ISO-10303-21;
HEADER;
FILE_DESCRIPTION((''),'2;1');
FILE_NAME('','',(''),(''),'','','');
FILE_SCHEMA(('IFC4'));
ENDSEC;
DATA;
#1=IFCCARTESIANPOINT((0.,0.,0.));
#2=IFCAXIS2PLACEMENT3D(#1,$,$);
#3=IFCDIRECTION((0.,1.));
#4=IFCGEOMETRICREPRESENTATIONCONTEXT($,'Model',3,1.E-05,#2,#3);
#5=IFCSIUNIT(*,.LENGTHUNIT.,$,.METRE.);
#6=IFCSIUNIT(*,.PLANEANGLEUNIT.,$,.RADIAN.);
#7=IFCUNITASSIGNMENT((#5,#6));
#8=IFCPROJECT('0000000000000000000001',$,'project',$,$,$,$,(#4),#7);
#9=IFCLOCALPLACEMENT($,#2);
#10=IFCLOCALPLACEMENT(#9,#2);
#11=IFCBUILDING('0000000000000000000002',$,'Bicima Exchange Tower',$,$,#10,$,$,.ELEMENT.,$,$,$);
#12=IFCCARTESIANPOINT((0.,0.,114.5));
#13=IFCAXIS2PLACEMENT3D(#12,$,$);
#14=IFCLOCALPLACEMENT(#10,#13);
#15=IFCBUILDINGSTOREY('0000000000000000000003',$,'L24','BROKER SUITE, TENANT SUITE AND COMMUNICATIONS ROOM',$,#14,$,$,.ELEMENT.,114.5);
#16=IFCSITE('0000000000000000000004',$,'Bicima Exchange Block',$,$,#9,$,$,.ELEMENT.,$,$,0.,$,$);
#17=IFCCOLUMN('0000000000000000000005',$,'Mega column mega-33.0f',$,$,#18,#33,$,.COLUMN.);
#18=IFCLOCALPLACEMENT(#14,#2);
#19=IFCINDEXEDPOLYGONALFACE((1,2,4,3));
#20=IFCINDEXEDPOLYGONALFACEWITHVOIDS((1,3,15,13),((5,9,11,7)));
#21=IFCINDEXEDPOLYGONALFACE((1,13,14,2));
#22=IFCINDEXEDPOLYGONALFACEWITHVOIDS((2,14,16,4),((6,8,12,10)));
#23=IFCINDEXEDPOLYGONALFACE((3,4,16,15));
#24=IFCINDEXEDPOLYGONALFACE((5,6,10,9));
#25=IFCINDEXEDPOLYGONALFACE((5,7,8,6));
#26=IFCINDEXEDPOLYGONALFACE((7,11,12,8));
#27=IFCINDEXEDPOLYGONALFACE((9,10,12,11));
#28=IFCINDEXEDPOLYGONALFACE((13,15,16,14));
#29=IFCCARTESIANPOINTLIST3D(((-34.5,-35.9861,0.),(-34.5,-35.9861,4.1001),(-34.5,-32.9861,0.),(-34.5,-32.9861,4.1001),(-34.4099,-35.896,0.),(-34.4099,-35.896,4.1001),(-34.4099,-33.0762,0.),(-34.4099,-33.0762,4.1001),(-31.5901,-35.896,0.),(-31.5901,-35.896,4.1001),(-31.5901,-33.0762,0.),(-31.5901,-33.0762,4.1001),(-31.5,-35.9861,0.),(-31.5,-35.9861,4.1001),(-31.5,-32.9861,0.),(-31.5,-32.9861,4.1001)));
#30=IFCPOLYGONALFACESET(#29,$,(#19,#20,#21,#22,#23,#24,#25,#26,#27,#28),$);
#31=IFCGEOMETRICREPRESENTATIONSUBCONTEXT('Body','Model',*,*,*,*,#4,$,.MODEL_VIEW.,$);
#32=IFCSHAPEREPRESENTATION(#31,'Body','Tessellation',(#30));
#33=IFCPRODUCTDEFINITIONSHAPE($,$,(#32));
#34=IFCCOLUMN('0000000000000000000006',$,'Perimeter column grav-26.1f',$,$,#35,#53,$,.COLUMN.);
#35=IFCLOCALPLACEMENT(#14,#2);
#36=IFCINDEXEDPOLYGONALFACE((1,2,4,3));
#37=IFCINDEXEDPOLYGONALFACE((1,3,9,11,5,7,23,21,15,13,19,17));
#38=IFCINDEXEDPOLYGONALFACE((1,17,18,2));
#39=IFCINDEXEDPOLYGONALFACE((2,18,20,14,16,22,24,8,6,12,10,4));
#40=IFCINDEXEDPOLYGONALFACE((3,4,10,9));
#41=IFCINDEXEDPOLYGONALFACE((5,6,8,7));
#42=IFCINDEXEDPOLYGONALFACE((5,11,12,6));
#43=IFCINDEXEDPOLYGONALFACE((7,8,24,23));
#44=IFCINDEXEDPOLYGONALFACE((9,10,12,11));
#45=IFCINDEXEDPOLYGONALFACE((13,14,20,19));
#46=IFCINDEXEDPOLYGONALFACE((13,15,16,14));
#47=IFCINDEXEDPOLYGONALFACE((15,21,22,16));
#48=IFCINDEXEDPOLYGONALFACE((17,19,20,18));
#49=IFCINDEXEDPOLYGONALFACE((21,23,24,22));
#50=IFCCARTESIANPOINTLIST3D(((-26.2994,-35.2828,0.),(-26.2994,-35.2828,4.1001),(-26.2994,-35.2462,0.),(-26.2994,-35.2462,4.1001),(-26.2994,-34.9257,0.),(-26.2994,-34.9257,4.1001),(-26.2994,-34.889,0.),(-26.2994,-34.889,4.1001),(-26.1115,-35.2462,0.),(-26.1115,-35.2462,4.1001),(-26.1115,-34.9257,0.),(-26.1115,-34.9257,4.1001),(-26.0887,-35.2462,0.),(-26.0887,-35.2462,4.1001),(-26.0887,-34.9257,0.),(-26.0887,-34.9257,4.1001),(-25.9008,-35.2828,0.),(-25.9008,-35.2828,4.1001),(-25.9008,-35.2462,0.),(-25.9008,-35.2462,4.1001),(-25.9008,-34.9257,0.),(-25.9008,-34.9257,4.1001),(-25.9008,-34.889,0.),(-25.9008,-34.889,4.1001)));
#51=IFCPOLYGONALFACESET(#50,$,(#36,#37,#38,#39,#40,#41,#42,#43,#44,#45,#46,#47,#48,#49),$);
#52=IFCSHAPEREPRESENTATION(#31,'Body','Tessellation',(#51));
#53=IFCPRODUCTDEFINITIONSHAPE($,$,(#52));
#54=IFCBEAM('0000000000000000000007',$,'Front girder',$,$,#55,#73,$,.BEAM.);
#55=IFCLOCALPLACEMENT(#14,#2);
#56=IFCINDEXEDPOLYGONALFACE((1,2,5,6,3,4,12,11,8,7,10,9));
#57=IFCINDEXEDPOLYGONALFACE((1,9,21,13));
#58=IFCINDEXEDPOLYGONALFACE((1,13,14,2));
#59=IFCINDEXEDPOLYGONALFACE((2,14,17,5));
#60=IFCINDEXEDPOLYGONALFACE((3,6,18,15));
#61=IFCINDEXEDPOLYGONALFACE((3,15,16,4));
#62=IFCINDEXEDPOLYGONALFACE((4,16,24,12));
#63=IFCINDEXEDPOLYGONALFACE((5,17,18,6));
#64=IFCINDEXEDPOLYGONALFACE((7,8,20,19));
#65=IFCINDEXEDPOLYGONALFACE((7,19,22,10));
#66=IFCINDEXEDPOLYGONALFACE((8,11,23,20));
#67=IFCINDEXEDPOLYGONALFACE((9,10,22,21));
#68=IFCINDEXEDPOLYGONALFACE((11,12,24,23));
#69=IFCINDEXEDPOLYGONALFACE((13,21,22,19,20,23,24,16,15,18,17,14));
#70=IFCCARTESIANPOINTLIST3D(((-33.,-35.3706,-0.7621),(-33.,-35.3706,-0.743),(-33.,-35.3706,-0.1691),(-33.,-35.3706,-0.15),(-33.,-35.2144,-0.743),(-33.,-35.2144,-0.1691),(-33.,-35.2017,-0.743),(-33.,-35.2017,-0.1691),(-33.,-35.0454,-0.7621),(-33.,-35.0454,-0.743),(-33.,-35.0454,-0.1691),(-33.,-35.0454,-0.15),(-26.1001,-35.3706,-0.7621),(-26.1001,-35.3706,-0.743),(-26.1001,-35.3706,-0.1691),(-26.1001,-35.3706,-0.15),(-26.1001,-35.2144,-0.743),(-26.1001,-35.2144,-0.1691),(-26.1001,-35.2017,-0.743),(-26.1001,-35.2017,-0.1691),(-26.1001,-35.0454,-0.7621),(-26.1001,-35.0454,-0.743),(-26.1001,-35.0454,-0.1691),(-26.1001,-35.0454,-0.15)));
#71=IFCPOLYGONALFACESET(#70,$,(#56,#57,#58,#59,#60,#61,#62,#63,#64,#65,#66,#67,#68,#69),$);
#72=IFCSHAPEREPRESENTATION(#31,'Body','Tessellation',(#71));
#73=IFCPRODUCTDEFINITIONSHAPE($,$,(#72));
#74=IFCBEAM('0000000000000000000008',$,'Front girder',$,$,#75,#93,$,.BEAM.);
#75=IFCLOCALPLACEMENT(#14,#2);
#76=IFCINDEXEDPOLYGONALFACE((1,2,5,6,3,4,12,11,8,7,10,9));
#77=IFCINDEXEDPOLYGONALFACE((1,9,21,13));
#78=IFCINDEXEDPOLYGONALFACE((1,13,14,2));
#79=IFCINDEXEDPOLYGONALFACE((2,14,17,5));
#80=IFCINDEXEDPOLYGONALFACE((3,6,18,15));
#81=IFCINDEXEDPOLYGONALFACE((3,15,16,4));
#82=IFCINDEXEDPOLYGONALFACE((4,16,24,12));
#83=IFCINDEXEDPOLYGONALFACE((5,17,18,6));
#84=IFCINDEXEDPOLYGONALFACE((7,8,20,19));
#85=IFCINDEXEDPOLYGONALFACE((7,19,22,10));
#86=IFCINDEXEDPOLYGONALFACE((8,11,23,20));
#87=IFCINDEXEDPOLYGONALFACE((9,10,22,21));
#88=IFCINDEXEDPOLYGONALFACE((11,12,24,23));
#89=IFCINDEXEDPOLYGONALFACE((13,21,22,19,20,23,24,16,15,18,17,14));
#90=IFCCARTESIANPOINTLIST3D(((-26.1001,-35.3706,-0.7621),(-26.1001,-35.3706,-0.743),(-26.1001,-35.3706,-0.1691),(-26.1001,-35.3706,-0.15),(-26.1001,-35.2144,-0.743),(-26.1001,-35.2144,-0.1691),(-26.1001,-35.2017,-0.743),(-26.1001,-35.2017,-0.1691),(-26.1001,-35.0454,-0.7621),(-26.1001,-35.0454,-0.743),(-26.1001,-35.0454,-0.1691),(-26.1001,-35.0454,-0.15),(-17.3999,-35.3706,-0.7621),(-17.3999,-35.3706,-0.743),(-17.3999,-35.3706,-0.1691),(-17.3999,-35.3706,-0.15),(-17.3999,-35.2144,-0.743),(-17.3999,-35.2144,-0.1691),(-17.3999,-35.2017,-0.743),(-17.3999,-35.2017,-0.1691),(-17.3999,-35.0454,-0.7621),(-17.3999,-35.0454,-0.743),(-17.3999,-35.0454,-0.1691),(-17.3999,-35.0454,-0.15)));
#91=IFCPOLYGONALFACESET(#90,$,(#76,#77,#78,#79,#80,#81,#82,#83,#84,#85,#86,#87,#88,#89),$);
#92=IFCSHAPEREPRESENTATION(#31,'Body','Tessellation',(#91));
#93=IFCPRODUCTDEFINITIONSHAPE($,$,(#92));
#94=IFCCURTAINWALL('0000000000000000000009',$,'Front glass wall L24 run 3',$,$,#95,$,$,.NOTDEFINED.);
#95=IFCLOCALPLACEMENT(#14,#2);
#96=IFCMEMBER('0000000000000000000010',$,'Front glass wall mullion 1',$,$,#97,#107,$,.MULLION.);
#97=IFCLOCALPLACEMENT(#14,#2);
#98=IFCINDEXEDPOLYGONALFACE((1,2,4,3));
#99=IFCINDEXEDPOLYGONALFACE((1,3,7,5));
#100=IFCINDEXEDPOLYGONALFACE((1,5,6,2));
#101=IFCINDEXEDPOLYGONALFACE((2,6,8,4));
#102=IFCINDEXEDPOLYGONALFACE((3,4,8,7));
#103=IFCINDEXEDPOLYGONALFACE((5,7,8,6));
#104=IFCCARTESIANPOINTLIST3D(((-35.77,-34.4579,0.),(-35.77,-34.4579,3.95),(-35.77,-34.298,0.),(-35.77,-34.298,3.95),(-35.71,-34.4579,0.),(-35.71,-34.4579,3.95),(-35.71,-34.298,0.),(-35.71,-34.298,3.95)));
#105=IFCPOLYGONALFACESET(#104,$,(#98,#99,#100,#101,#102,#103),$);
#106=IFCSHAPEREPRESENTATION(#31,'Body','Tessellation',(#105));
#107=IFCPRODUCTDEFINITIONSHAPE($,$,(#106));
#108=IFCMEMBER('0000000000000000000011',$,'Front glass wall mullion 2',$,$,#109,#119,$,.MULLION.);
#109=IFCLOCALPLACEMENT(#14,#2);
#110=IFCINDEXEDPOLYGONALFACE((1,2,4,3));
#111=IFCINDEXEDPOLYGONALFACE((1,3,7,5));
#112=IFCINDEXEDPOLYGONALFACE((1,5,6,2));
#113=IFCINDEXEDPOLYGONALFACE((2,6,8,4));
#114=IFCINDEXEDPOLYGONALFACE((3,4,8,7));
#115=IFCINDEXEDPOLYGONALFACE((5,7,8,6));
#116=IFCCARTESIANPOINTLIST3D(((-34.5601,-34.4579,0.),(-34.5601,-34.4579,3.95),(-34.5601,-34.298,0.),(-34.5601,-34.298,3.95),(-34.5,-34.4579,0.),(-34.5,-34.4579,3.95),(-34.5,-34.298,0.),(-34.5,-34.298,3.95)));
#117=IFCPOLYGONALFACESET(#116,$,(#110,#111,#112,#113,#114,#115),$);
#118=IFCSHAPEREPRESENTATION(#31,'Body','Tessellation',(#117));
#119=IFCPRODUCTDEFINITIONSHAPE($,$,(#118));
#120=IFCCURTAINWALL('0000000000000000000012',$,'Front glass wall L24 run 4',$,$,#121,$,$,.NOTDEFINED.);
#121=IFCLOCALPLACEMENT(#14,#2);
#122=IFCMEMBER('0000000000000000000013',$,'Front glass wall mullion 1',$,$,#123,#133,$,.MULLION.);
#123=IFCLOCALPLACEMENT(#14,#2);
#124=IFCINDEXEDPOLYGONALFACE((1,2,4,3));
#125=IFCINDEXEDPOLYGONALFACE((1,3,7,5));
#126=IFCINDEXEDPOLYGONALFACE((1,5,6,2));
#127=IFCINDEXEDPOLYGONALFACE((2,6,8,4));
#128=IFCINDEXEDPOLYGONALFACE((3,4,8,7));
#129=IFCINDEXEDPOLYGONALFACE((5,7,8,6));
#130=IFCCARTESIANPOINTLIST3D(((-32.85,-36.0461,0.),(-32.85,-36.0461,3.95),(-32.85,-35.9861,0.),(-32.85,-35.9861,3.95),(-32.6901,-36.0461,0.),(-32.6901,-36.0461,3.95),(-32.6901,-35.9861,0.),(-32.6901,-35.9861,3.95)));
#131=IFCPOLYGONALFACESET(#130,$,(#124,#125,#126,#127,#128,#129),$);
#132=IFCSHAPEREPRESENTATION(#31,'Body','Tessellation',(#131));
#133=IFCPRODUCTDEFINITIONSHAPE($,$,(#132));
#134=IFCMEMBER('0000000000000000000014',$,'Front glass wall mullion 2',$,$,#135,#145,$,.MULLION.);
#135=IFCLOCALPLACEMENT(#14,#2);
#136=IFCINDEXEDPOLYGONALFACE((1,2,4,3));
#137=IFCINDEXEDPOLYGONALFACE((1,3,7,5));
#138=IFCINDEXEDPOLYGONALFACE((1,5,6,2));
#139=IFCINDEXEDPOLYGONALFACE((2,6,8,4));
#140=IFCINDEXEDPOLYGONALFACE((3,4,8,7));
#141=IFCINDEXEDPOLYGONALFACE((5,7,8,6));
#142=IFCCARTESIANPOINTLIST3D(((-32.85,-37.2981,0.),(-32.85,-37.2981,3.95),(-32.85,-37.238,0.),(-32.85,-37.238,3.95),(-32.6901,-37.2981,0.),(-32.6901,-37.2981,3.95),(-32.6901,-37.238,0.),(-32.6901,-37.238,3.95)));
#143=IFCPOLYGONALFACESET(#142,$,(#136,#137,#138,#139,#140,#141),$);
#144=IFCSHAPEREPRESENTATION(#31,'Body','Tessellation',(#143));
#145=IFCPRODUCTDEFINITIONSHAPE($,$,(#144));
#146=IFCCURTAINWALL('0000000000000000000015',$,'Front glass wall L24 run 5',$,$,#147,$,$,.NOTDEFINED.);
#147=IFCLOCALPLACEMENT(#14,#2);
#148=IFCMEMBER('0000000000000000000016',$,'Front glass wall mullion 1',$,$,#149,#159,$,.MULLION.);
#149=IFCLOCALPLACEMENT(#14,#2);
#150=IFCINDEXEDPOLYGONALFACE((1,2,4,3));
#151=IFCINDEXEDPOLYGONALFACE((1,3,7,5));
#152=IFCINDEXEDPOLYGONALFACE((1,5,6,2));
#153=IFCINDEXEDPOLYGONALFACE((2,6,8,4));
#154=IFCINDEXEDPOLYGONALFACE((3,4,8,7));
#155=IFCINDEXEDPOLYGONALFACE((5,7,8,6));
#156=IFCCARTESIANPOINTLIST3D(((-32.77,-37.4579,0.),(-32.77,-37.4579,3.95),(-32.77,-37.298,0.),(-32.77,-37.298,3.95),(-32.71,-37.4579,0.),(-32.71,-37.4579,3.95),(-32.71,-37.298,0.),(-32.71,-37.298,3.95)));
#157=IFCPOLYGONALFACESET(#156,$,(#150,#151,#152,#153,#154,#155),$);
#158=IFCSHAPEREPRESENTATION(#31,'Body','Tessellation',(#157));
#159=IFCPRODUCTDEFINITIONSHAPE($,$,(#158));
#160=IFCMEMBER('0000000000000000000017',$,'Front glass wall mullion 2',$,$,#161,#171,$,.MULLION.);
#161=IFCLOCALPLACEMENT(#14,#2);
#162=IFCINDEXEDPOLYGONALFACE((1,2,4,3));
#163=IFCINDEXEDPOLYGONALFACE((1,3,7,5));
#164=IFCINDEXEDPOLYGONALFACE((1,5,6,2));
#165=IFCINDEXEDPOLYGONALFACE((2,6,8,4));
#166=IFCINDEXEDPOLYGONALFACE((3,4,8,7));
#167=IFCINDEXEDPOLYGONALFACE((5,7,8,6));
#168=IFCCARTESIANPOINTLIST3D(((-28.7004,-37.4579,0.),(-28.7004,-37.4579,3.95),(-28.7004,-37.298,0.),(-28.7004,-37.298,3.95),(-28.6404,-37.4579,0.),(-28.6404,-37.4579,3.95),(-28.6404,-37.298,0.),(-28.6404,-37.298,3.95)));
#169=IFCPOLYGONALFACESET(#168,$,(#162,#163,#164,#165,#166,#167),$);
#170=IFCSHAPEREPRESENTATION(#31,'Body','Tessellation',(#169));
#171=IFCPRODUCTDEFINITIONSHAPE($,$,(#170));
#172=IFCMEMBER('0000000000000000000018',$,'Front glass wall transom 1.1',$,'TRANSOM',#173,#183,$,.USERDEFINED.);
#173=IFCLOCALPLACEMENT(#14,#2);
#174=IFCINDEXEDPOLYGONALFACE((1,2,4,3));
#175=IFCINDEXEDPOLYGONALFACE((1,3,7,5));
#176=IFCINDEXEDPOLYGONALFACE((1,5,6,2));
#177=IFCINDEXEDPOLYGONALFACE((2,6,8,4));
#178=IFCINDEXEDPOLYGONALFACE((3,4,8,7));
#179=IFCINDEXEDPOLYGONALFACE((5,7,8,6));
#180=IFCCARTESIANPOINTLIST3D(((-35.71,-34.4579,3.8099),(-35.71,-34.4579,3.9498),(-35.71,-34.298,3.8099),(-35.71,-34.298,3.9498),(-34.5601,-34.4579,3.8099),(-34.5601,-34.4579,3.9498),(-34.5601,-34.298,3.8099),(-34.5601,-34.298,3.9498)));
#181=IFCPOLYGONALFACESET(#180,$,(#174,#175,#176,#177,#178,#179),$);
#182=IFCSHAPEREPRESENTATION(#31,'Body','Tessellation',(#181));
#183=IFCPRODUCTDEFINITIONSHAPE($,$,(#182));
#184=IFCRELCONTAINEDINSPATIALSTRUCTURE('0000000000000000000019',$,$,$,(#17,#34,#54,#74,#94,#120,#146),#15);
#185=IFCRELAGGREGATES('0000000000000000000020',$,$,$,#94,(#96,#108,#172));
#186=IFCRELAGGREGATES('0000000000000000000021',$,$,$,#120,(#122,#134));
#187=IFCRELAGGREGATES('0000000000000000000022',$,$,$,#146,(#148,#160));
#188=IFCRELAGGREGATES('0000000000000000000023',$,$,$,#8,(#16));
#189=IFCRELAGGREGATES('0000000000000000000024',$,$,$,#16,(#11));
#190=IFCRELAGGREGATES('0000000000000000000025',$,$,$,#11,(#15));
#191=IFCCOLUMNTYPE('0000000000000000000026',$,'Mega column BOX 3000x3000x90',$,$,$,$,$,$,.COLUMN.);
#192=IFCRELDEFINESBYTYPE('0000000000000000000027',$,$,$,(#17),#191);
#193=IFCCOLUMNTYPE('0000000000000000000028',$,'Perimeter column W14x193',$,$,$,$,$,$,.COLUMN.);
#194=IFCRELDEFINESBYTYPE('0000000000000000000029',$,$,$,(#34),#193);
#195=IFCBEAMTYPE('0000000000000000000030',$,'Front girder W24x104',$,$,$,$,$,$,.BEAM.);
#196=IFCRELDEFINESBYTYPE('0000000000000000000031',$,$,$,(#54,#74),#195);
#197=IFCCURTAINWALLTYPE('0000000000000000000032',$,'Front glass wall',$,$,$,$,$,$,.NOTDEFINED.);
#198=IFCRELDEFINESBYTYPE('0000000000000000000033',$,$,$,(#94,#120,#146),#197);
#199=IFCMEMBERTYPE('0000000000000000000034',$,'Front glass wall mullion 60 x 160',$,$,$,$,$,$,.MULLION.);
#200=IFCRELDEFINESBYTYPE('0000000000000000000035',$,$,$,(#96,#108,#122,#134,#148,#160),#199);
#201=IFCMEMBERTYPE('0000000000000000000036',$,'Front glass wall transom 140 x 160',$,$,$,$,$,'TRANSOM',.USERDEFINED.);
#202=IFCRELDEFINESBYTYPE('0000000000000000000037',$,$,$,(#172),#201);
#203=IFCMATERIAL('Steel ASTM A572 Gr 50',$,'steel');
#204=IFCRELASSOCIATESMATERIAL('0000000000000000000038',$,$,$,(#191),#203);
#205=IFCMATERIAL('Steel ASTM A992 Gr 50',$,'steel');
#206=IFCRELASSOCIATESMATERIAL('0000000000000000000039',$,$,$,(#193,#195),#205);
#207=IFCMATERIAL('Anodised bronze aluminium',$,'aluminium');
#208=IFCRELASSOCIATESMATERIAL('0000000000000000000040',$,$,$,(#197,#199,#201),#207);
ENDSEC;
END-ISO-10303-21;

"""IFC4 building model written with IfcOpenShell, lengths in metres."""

from ifc_helpers import new_model, si_unit, direction, frame, origin, origin_2d, place, context, subcontext, project, spatial, rectangle, hollow_rectangle, i_section, extrude, material, material_profile, profile_set, type_object, element, aggregate, save


model = new_model("IFC4")

# Units and contexts
model_context = context("Model", 3, precision=1e-05, world=origin(), true_north=direction((0.0, 1.0)))
body_context = subcontext(model_context, "Body", "Model", "MODEL_VIEW")
ifc_project = project(units=[si_unit("LENGTHUNIT", "METRE"), si_unit("PLANEANGLEUNIT", "RADIAN")], contexts=[model_context])

# Site, building, storey
site_placement = place(None, origin())
site = spatial("IfcSite", under=ifc_project, at=site_placement, Name="Bicima Exchange Block", CompositionType="ELEMENT", RefElevation=0.0)
building_placement = place(site_placement, origin())
building = spatial("IfcBuilding", under=site, at=building_placement, Name="Bicima Exchange Tower", CompositionType="ELEMENT")
storey_placement = place(building_placement, frame((0.0, 0.0, 114.5)))
storey = spatial("IfcBuildingStorey", under=building, at=storey_placement, Name="L24", Description="BROKER SUITE, TENANT SUITE AND COMMUNICATIONS ROOM", CompositionType="ELEMENT", Elevation=114.5)

# Columns
ifc_material_1 = material(Name="Steel ASTM A572 Gr 50", Category="steel")
ifc_material_profile_1 = material_profile(ifc_material_1, hollow_rectangle(XDim=3.0, YDim=3.0, WallThickness=0.0901, at=origin_2d()))
ifc_profile_set_1 = profile_set([ifc_material_profile_1], Name="Steel ASTM A572 Gr 50")
column_type_1 = type_object("IfcColumnType", Name="Mega column BOX 3000x3000x90", PredefinedType="COLUMN", material=ifc_profile_set_1)
column_1_placement = place(storey_placement, frame((-33.0, -34.4861, 0.0), z_axis=(0.0, 0.0, 1.0), x_axis=(1.0, 0.0, 0.0)))
element("IfcColumn", 1, at=column_1_placement, inside=storey, type_object=column_type_1, Name="Mega column mega-33.0f", PredefinedType="COLUMN", context=body_context, shape_type="SweptSolid", body=[
    extrude(hollow_rectangle(XDim=3.0, YDim=3.0, WallThickness=0.0901, at=origin_2d()), origin(), (0.0, 0.0, 1.0), 4.1001),
])
ifc_material_2 = material(Name="Steel ASTM A992 Gr 50", Category="steel")
ifc_material_profile_2 = material_profile(ifc_material_2, i_section(OverallWidth=0.3987, OverallDepth=0.3938, WebThickness=0.0227, FlangeThickness=0.0366, at=origin_2d()))
ifc_profile_set_2 = profile_set([ifc_material_profile_2], Name="Steel ASTM A992 Gr 50")
column_type_2 = type_object("IfcColumnType", Name="Perimeter column W14x193", PredefinedType="COLUMN", material=ifc_profile_set_2)
column_2_placement = place(storey_placement, frame((-26.1001, -35.0859, 0.0), z_axis=(0.0, 0.0, 1.0), x_axis=(1.0, 0.0, 0.0)))
element("IfcColumn", 2, at=column_2_placement, inside=storey, type_object=column_type_2, Name="Perimeter column grav-26.1f", PredefinedType="COLUMN", context=body_context, shape_type="SweptSolid", body=[
    extrude(i_section(OverallWidth=0.3987, OverallDepth=0.3938, WebThickness=0.0227, FlangeThickness=0.0366, at=origin_2d()), origin(), (0.0, 0.0, 1.0), 4.1001),
])

# Beams
ifc_material_profile_3 = material_profile(ifc_material_2, i_section(OverallWidth=0.3252, OverallDepth=0.6121, WebThickness=0.0127, FlangeThickness=0.019, at=origin_2d()))
ifc_profile_set_3 = profile_set([ifc_material_profile_3], Name="Steel ASTM A992 Gr 50")
beam_type = type_object("IfcBeamType", Name="Front girder W24x104", PredefinedType="BEAM", material=ifc_profile_set_3)
beam_1_placement = place(storey_placement, frame((-33.0, -35.208, -0.4561), z_axis=(1.0, 0.0, 0.0), x_axis=(0.0, 1.0, 0.0)))
element("IfcBeam", 3, at=beam_1_placement, inside=storey, type_object=beam_type, Name="Front girder", PredefinedType="BEAM", context=body_context, shape_type="SweptSolid", body=[
    extrude(i_section(OverallWidth=0.3252, OverallDepth=0.6121, WebThickness=0.0127, FlangeThickness=0.019, at=origin_2d()), origin(), (0.0, 0.0, 1.0), 6.8999),
])
beam_2_placement = place(storey_placement, frame((-26.1001, -35.208, -0.4561), z_axis=(1.0, 0.0, 0.0), x_axis=(0.0, 1.0, 0.0)))
element("IfcBeam", 4, at=beam_2_placement, inside=storey, type_object=beam_type, Name="Front girder", PredefinedType="BEAM", context=body_context, shape_type="SweptSolid", body=[
    extrude(i_section(OverallWidth=0.3252, OverallDepth=0.6121, WebThickness=0.0127, FlangeThickness=0.019, at=origin_2d()), origin(), (0.0, 0.0, 1.0), 8.7002),
])

# Curtain walls, members
ifc_material_3 = material(Name="Anodised bronze aluminium", Category="aluminium")
curtain_wall_type = type_object("IfcCurtainWallType", Name="Front glass wall", PredefinedType="NOTDEFINED", material=ifc_material_3)
curtain_wall_1_placement = place(storey_placement, origin())
curtain_wall_1 = element("IfcCurtainWall", 5, at=curtain_wall_1_placement, inside=storey, type_object=curtain_wall_type, Name="Front glass wall L24 run 3", PredefinedType="NOTDEFINED")
ifc_material_profile_4 = material_profile(ifc_material_3, rectangle(XDim=0.1599, YDim=0.0601, at=origin_2d()))
ifc_profile_set_4 = profile_set([ifc_material_profile_4], Name="Anodised bronze aluminium")
member_type_1 = type_object("IfcMemberType", Name="Front glass wall mullion 60 x 160", PredefinedType="MULLION", material=ifc_profile_set_4)
member_1_placement = place(storey_placement, frame((-35.74, -34.3779, 0.0), z_axis=(0.0, 0.0, 1.0), x_axis=(0.0, 1.0, 0.0)))
member_1 = element("IfcMember", 6, at=member_1_placement, type_object=member_type_1, Name="Front glass wall mullion 1", PredefinedType="MULLION", context=body_context, shape_type="SweptSolid", body=[
    extrude(rectangle(XDim=0.1599, YDim=0.0601, at=origin_2d()), origin(), (0.0, 0.0, 1.0), 3.95),
])
member_2_placement = place(storey_placement, frame((-34.53, -34.3779, 0.0), z_axis=(0.0, 0.0, 1.0), x_axis=(0.0, 1.0, 0.0)))
member_2 = element("IfcMember", 7, at=member_2_placement, type_object=member_type_1, Name="Front glass wall mullion 2", PredefinedType="MULLION", context=body_context, shape_type="SweptSolid", body=[
    extrude(rectangle(XDim=0.1599, YDim=0.0601, at=origin_2d()), origin(), (0.0, 0.0, 1.0), 3.95),
])
curtain_wall_2_placement = place(storey_placement, origin())
curtain_wall_2 = element("IfcCurtainWall", 8, at=curtain_wall_2_placement, inside=storey, type_object=curtain_wall_type, Name="Front glass wall L24 run 4", PredefinedType="NOTDEFINED")
member_3_placement = place(storey_placement, frame((-32.77, -36.0161, 0.0), z_axis=(0.0, 0.0, 1.0), x_axis=(1.0, 0.0, 0.0)))
member_3 = element("IfcMember", 9, at=member_3_placement, type_object=member_type_1, Name="Front glass wall mullion 1", PredefinedType="MULLION", context=body_context, shape_type="SweptSolid", body=[
    extrude(rectangle(XDim=0.1599, YDim=0.0601, at=origin_2d()), origin(), (0.0, 0.0, 1.0), 3.95),
])
member_4_placement = place(storey_placement, frame((-32.77, -37.2681, 0.0), z_axis=(0.0, 0.0, 1.0), x_axis=(1.0, 0.0, 0.0)))
member_4 = element("IfcMember", 10, at=member_4_placement, type_object=member_type_1, Name="Front glass wall mullion 2", PredefinedType="MULLION", context=body_context, shape_type="SweptSolid", body=[
    extrude(rectangle(XDim=0.1599, YDim=0.0601, at=origin_2d()), origin(), (0.0, 0.0, 1.0), 3.95),
])
curtain_wall_3_placement = place(storey_placement, origin())
curtain_wall_3 = element("IfcCurtainWall", 11, at=curtain_wall_3_placement, inside=storey, type_object=curtain_wall_type, Name="Front glass wall L24 run 5", PredefinedType="NOTDEFINED")
member_5_placement = place(storey_placement, frame((-32.74, -37.3779, 0.0), z_axis=(0.0, 0.0, 1.0), x_axis=(0.0, 1.0, 0.0)))
member_5 = element("IfcMember", 12, at=member_5_placement, type_object=member_type_1, Name="Front glass wall mullion 1", PredefinedType="MULLION", context=body_context, shape_type="SweptSolid", body=[
    extrude(rectangle(XDim=0.1599, YDim=0.0601, at=origin_2d()), origin(), (0.0, 0.0, 1.0), 3.95),
])
member_6_placement = place(storey_placement, frame((-28.6704, -37.3779, 0.0), z_axis=(0.0, 0.0, 1.0), x_axis=(0.0, 1.0, 0.0)))
member_6 = element("IfcMember", 13, at=member_6_placement, type_object=member_type_1, Name="Front glass wall mullion 2", PredefinedType="MULLION", context=body_context, shape_type="SweptSolid", body=[
    extrude(rectangle(XDim=0.1599, YDim=0.0601, at=origin_2d()), origin(), (0.0, 0.0, 1.0), 3.95),
])

# Member
ifc_material_profile_5 = material_profile(ifc_material_3, rectangle(XDim=0.1599, YDim=0.1399, at=origin_2d()))
ifc_profile_set_5 = profile_set([ifc_material_profile_5], Name="Anodised bronze aluminium")
member_type_2 = type_object("IfcMemberType", Name="Front glass wall transom 140 x 160", ElementType="TRANSOM", PredefinedType="USERDEFINED", material=ifc_profile_set_5)
member_7_placement = place(storey_placement, frame((-35.71, -34.3779, 3.8799), z_axis=(1.0, 0.0, 0.0), x_axis=(0.0, 1.0, 0.0)))
member_7 = element("IfcMember", 14, at=member_7_placement, type_object=member_type_2, Name="Front glass wall transom 1.1", ObjectType="TRANSOM", PredefinedType="USERDEFINED", context=body_context, shape_type="SweptSolid", body=[
    extrude(rectangle(XDim=0.1599, YDim=0.1399, at=origin_2d()), origin(), (0.0, 0.0, 1.0), 1.1499),
])

aggregate(curtain_wall_1, [member_1, member_2, member_7])
aggregate(curtain_wall_2, [member_3, member_4])
aggregate(curtain_wall_3, [member_5, member_6])

save(model, "model.ifc")
